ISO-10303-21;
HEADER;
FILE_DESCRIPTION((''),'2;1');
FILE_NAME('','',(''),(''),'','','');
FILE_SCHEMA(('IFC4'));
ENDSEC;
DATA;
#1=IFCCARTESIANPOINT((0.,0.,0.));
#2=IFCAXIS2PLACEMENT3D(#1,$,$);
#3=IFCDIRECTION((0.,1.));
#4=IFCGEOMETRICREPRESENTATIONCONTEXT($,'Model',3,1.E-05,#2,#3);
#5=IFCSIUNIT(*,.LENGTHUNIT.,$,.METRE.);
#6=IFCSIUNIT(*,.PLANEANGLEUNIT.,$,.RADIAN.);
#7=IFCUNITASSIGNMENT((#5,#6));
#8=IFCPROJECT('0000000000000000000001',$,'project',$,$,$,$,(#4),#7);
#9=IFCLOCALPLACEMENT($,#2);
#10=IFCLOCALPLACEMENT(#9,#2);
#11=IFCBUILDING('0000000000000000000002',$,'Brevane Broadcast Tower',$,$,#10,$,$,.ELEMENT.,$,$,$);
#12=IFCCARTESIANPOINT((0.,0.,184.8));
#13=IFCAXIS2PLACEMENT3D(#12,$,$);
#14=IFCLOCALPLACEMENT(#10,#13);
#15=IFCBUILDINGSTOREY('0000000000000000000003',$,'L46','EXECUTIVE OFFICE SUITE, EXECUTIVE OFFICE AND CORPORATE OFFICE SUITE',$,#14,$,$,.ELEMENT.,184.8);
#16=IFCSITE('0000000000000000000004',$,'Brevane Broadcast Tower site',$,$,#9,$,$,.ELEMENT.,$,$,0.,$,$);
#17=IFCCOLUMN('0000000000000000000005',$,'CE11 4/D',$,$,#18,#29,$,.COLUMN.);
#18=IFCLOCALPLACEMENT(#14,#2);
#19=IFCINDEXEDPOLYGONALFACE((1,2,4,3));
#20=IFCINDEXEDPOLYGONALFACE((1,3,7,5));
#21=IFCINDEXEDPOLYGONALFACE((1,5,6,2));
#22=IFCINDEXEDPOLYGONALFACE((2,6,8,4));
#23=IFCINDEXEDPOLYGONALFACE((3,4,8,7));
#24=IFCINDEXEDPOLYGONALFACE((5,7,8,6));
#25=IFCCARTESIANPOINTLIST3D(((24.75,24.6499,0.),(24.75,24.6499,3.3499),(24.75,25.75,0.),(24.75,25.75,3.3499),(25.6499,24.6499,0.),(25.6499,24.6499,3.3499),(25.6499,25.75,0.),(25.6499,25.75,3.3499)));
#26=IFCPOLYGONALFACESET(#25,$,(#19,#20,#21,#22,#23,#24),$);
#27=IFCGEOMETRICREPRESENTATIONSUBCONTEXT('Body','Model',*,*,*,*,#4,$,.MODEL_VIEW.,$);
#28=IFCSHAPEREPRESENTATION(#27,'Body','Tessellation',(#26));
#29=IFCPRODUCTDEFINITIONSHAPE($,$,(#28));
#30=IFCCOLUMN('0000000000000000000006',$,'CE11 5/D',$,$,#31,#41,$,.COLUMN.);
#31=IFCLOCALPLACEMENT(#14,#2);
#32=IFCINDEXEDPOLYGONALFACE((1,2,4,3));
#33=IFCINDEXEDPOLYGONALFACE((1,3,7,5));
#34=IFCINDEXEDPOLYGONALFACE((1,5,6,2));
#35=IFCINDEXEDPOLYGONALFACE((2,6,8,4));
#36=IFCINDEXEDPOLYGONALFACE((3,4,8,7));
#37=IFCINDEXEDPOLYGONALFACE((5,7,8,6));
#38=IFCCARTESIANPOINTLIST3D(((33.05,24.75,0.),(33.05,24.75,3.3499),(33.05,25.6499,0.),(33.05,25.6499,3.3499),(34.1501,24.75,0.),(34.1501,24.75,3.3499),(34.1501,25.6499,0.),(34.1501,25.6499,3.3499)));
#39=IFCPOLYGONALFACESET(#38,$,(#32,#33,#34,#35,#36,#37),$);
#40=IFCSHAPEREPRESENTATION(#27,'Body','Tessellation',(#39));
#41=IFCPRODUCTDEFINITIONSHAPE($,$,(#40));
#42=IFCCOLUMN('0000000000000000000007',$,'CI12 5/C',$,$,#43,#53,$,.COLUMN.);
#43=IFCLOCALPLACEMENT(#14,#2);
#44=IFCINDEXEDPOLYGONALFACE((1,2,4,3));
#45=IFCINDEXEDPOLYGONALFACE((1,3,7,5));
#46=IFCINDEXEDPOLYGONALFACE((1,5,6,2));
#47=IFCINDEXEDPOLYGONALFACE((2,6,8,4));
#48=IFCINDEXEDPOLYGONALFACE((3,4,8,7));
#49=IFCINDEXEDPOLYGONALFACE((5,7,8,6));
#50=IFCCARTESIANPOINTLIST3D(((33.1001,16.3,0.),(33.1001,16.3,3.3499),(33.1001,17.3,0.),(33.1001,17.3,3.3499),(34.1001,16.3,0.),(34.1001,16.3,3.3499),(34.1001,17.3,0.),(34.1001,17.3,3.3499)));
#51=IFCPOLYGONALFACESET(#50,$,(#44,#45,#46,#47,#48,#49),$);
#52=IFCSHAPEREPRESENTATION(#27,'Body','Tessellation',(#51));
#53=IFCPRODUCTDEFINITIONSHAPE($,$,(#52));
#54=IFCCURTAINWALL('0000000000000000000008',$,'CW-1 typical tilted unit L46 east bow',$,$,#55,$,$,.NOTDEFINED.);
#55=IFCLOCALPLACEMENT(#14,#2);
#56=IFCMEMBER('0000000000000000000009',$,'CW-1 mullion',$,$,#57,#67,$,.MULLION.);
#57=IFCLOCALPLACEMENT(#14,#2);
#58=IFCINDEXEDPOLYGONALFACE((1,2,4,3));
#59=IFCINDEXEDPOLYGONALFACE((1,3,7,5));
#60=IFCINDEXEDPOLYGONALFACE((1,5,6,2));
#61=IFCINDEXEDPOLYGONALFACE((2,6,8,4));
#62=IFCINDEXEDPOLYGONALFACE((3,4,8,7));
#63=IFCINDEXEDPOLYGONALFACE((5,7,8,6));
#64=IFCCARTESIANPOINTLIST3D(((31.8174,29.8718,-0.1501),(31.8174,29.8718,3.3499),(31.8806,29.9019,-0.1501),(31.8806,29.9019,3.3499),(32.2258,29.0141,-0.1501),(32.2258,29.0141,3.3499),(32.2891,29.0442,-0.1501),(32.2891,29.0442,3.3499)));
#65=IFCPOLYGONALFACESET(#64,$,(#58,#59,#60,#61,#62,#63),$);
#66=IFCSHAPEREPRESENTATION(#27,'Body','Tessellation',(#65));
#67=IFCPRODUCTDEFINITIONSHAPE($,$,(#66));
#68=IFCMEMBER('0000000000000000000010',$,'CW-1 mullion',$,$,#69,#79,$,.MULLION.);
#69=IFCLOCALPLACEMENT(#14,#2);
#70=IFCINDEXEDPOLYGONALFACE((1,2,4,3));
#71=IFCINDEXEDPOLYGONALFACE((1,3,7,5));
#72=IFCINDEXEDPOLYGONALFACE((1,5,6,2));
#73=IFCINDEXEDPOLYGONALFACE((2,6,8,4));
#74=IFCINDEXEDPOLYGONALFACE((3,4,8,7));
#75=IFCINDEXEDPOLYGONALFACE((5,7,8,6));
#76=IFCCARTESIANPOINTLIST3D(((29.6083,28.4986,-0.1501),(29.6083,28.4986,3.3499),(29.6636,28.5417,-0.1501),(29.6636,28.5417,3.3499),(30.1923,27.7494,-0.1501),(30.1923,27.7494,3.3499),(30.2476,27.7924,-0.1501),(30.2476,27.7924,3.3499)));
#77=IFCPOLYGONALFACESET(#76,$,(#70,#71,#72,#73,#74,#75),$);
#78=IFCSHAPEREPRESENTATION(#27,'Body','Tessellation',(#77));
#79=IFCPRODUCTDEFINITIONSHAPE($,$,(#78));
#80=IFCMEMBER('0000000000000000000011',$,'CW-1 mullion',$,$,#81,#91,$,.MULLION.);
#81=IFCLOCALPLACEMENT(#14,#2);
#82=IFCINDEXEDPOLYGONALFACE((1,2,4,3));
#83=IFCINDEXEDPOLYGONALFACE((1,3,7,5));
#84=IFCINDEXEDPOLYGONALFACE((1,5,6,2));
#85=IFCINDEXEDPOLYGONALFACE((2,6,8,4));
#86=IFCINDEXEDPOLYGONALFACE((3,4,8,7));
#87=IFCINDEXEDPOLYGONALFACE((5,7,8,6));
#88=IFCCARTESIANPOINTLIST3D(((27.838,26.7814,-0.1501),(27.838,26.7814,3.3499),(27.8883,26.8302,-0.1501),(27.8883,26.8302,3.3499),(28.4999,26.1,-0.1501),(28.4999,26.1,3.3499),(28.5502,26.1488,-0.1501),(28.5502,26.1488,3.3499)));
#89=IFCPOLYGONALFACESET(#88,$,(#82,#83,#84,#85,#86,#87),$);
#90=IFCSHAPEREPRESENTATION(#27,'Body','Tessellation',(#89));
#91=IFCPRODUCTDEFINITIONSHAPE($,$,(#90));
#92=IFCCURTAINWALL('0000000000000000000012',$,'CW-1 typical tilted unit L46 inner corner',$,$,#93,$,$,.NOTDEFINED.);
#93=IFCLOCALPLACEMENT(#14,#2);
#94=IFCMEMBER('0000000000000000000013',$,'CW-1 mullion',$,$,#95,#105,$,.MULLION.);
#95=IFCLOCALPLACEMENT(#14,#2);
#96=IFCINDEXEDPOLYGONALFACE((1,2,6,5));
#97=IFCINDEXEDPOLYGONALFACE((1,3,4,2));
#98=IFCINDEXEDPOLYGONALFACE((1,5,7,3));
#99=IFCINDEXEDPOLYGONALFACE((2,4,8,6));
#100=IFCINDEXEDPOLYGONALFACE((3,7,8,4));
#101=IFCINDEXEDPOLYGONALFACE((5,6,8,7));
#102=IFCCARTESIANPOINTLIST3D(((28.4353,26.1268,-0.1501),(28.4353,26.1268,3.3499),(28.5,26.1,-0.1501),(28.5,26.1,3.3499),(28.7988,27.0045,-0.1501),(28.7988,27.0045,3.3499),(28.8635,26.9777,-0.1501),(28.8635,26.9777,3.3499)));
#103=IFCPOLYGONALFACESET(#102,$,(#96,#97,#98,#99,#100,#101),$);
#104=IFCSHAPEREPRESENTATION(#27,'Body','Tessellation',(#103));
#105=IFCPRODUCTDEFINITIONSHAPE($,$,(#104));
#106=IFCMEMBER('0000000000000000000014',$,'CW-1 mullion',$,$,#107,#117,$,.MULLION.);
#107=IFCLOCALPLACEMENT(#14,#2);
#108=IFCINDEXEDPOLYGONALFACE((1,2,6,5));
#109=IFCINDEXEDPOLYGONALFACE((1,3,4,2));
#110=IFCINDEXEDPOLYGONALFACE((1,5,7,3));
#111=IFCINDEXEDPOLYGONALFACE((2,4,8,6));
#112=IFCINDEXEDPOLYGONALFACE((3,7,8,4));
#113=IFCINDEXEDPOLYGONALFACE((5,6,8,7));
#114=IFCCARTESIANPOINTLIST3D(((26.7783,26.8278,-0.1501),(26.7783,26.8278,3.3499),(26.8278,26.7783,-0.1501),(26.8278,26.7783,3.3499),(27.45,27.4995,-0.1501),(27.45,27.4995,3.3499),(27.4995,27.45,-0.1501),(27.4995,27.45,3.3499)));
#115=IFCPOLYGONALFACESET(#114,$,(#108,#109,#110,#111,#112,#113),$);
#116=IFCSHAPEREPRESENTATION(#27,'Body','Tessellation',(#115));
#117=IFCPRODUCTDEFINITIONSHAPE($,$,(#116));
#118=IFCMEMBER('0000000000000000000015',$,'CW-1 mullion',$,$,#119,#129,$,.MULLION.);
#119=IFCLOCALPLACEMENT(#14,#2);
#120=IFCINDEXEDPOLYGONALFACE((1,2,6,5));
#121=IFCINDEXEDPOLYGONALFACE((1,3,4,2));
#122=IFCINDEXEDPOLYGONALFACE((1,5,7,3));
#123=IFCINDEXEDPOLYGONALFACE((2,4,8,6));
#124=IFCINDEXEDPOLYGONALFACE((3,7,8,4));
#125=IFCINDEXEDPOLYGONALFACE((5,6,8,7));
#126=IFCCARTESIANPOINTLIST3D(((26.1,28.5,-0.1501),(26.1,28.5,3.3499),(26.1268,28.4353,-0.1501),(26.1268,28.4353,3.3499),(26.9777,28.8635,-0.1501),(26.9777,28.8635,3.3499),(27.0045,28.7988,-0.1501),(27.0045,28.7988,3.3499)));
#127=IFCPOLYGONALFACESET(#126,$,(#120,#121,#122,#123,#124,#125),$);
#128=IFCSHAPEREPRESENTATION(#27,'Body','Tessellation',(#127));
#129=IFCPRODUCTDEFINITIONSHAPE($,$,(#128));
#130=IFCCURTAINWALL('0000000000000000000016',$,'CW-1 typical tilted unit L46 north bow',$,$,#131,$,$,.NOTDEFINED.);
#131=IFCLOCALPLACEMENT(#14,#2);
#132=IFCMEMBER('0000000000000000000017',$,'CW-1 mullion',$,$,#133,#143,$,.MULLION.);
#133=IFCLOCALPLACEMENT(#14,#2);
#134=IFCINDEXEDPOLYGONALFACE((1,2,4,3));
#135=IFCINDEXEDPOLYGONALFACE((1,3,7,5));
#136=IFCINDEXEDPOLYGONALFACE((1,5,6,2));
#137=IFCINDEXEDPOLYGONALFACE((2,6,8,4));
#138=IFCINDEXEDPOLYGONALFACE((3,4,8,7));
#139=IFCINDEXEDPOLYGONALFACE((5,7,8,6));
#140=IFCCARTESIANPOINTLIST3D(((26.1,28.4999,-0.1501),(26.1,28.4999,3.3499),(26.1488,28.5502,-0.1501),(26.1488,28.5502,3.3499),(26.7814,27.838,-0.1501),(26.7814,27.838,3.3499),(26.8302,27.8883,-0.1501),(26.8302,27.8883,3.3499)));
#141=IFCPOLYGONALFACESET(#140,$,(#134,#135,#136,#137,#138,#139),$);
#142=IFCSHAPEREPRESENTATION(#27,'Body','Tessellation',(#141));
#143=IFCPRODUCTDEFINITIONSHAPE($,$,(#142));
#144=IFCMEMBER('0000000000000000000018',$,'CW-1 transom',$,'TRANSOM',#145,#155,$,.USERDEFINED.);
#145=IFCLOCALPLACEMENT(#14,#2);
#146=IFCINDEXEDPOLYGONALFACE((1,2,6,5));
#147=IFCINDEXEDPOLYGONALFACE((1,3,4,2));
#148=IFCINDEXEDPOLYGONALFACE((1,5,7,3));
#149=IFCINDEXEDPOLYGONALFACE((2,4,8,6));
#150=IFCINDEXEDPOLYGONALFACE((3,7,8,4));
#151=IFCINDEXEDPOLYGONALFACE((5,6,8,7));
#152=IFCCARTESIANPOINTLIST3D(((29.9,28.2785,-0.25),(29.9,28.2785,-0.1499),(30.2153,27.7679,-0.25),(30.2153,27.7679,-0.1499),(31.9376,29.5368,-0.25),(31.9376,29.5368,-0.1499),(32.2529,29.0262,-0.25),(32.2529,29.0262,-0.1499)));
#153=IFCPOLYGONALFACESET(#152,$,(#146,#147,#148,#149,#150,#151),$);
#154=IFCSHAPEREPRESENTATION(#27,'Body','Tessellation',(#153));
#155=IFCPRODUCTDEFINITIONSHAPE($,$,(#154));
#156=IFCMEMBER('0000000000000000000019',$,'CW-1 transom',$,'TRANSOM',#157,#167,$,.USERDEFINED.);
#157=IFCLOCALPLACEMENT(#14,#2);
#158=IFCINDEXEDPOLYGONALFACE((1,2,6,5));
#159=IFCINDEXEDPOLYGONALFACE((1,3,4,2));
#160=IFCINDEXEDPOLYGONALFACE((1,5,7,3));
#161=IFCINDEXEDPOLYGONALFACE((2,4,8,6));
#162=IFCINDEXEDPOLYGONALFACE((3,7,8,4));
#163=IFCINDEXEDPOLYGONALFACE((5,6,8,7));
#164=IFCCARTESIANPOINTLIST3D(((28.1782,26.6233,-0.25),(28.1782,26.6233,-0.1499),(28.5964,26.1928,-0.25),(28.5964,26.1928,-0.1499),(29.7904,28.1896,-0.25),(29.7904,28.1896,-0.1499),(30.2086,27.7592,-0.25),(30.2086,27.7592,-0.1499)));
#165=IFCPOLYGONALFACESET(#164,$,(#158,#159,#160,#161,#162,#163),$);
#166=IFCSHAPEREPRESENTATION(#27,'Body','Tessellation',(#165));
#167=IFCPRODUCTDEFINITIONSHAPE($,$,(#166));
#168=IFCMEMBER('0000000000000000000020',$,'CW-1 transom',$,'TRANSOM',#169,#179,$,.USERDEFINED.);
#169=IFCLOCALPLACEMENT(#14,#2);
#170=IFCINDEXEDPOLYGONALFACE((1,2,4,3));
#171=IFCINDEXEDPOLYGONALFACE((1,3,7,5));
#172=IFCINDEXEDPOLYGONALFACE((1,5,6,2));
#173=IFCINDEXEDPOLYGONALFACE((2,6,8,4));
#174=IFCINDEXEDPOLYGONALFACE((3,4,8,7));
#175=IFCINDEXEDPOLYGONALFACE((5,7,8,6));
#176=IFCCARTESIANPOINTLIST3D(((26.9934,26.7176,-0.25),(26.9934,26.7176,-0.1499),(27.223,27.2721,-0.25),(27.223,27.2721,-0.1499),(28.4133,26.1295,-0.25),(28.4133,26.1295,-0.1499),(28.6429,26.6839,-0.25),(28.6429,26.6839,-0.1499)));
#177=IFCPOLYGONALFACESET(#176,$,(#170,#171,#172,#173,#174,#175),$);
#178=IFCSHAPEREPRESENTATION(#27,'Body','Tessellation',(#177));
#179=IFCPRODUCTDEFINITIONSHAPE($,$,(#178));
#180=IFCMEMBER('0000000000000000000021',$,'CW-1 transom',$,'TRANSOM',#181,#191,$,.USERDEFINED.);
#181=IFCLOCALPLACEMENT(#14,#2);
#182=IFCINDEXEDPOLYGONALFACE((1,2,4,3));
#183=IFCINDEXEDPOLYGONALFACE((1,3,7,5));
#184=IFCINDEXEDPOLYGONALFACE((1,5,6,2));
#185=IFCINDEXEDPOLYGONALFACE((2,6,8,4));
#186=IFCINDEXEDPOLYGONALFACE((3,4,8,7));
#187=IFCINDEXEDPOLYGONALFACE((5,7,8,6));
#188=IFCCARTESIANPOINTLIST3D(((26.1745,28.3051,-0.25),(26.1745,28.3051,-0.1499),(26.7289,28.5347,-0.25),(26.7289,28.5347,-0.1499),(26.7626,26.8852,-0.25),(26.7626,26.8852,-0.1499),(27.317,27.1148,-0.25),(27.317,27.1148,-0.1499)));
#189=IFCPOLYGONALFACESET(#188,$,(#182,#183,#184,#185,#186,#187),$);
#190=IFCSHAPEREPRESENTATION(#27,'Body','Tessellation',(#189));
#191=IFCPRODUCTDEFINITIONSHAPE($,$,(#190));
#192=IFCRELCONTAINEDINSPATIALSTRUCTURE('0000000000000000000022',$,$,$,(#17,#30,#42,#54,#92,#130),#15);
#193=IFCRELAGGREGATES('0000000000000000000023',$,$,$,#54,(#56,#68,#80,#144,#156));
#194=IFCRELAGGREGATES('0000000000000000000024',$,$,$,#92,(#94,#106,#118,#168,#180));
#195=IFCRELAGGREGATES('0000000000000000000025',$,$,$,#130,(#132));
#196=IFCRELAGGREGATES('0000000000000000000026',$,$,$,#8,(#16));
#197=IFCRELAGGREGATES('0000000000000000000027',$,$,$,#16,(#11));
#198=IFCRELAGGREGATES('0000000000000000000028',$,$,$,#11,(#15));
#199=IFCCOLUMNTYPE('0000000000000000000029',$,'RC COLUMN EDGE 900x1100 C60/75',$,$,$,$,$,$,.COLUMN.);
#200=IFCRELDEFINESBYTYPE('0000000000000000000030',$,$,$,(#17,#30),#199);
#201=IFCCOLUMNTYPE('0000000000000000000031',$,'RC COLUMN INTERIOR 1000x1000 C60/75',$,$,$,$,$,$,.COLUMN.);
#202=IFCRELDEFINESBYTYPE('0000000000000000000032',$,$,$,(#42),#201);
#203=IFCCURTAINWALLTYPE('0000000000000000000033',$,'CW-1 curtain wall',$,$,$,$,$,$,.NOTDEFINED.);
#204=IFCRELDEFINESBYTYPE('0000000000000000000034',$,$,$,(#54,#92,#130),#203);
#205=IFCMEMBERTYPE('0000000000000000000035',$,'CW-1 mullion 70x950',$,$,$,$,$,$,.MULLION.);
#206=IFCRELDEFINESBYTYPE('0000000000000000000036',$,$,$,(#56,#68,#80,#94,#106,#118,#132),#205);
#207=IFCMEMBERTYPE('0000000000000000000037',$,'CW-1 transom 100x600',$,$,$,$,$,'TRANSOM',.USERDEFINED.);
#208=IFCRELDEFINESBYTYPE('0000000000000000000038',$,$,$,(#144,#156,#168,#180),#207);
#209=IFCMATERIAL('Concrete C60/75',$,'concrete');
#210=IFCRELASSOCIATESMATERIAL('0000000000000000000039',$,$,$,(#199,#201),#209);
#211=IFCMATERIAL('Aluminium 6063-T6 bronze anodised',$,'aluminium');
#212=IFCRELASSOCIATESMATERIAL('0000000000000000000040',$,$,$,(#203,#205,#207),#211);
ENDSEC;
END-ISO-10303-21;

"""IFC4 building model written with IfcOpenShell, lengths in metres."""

from ifc_helpers import new_model, si_unit, direction, frame, origin, origin_2d, place, context, subcontext, project, spatial, rectangle, extrude, material, material_profile, profile_set, type_object, element, aggregate, save


model = new_model("IFC4")

# Units and contexts
model_context = context("Model", 3, precision=1e-05, world=origin(), true_north=direction((0.0, 1.0)))
body_context = subcontext(model_context, "Body", "Model", "MODEL_VIEW")
ifc_project = project(units=[si_unit("LENGTHUNIT", "METRE"), si_unit("PLANEANGLEUNIT", "RADIAN")], contexts=[model_context])

# Site, building, storey
site_placement = place(None, origin())
site = spatial("IfcSite", under=ifc_project, at=site_placement, Name="Brevane Broadcast Tower site", CompositionType="ELEMENT", RefElevation=0.0)
building_placement = place(site_placement, origin())
building = spatial("IfcBuilding", under=site, at=building_placement, Name="Brevane Broadcast Tower", CompositionType="ELEMENT")
storey_placement = place(building_placement, frame((0.0, 0.0, 184.8)))
storey = spatial("IfcBuildingStorey", under=building, at=storey_placement, Name="L46", Description="EXECUTIVE OFFICE SUITE, EXECUTIVE OFFICE AND CORPORATE OFFICE SUITE", CompositionType="ELEMENT", Elevation=184.8)

# Columns
ifc_material_1 = material(Name="Concrete C60/75", Category="concrete")
ifc_material_profile_1 = material_profile(ifc_material_1, rectangle(XDim=0.8999, YDim=1.1001, at=origin_2d()), Name="RC 900x1100")
ifc_profile_set_1 = profile_set([ifc_material_profile_1], Name="Concrete C60/75")
column_type_1 = type_object("IfcColumnType", Name="RC COLUMN EDGE 900x1100 C60/75", PredefinedType="COLUMN", material=ifc_profile_set_1)
for number, where, z_axis, x_axis, name in (
    (1, (25.2, 25.2, 0.0), (0.0, 0.0, 1.0), (1.0, 0.0, 0.0), "CE11 4/D"),
    (2, (33.6001, 25.2, 0.0), (0.0, 0.0, 1.0), (0.0, 1.0, 0.0), "CE11 5/D"),
):
    element("IfcColumn", number, at=place(storey_placement, frame(where, z_axis=z_axis, x_axis=x_axis)), inside=storey, type_object=column_type_1, Name=name, PredefinedType="COLUMN", context=body_context, shape_type="SweptSolid", body=[
        extrude(rectangle(XDim=0.8999, YDim=1.1001, at=origin_2d()), origin(), (0.0, 0.0, 1.0), 3.3499),
    ])
ifc_material_profile_2 = material_profile(ifc_material_1, rectangle(XDim=1.0, YDim=1.0, at=origin_2d()), Name="RC 1000x1000")
ifc_profile_set_2 = profile_set([ifc_material_profile_2], Name="Concrete C60/75")
column_type_2 = type_object("IfcColumnType", Name="RC COLUMN INTERIOR 1000x1000 C60/75", PredefinedType="COLUMN", material=ifc_profile_set_2)
column_placement = place(storey_placement, frame((33.6001, 16.8, 0.0), z_axis=(0.0, 0.0, 1.0), x_axis=(1.0, 0.0, 0.0)))
element("IfcColumn", 3, at=column_placement, inside=storey, type_object=column_type_2, Name="CI12 5/C", PredefinedType="COLUMN", context=body_context, shape_type="SweptSolid", body=[
    extrude(rectangle(XDim=1.0, YDim=1.0, at=origin_2d()), origin(), (0.0, 0.0, 1.0), 3.3499),
])

# Curtain walls, members
ifc_material_2 = material(Name="Aluminium 6063-T6 bronze anodised", Category="aluminium")
curtain_wall_type = type_object("IfcCurtainWallType", Name="CW-1 curtain wall", PredefinedType="NOTDEFINED", material=ifc_material_2)
curtain_wall_1_placement = place(storey_placement, origin())
curtain_wall_1 = element("IfcCurtainWall", 4, at=curtain_wall_1_placement, inside=storey, type_object=curtain_wall_type, Name="CW-1 typical tilted unit L46 east bow", PredefinedType="NOTDEFINED")
ifc_material_profile_3 = material_profile(ifc_material_2, rectangle(XDim=0.95, YDim=0.0701, at=origin_2d()), Name="RECT 70x950")
ifc_profile_set_3 = profile_set([ifc_material_profile_3], Name="Aluminium 6063-T6 bronze anodised")
member_type_1 = type_object("IfcMemberType", Name="CW-1 mullion 70x950", PredefinedType="MULLION", material=ifc_profile_set_3)
member_1_placement = place(storey_placement, frame((32.0532, 29.458, -0.1501), z_axis=(0.0, 0.0, 1.0), x_axis=(0.429934, -0.902861, 0.0)))
member_1 = element("IfcMember", 5, at=member_1_placement, type_object=member_type_1, Name="CW-1 mullion", PredefinedType="MULLION", context=body_context, shape_type="SweptSolid", body=[
    extrude(rectangle(XDim=0.95, YDim=0.0701, at=origin_2d()), origin(), (0.0, 0.0, 1.0), 3.5),
])
member_2_placement = place(storey_placement, frame((29.928, 28.1455, -0.1501), z_axis=(0.0, 0.0, 1.0), x_axis=(0.61477, -0.788707, 0.0)))
member_2 = element("IfcMember", 6, at=member_2_placement, type_object=member_type_1, Name="CW-1 mullion", PredefinedType="MULLION", context=body_context, shape_type="SweptSolid", body=[
    extrude(rectangle(XDim=0.95, YDim=0.0701, at=origin_2d()), origin(), (0.0, 0.0, 1.0), 3.5),
])
member_3_placement = place(storey_placement, frame((28.1941, 26.4651, -0.1501), z_axis=(0.0, 0.0, 1.0), x_axis=(0.696812, -0.717254, 0.0)))
member_3 = element("IfcMember", 7, at=member_3_placement, type_object=member_type_1, Name="CW-1 mullion", PredefinedType="MULLION", context=body_context, shape_type="SweptSolid", body=[
    extrude(rectangle(XDim=0.95, YDim=0.0701, at=origin_2d()), origin(), (0.0, 0.0, 1.0), 3.5),
])
curtain_wall_2_placement = place(storey_placement, origin())
curtain_wall_2 = element("IfcCurtainWall", 8, at=curtain_wall_2_placement, inside=storey, type_object=curtain_wall_type, Name="CW-1 typical tilted unit L46 inner corner", PredefinedType="NOTDEFINED")
member_4_placement = place(storey_placement, frame((28.6494, 26.5522, -0.1501), z_axis=(0.0, 0.0, 1.0), x_axis=(-0.382683, -0.92388, 0.0)))
member_4 = element("IfcMember", 9, at=member_4_placement, type_object=member_type_1, Name="CW-1 mullion", PredefinedType="MULLION", context=body_context, shape_type="SweptSolid", body=[
    extrude(rectangle(XDim=0.95, YDim=0.0701, at=origin_2d()), origin(), (0.0, 0.0, 1.0), 3.5),
])
member_5_placement = place(storey_placement, frame((27.1389, 27.1389, -0.1501), z_axis=(0.0, 0.0, 1.0), x_axis=(-0.707107, -0.707107, 0.0)))
member_5 = element("IfcMember", 10, at=member_5_placement, type_object=member_type_1, Name="CW-1 mullion", PredefinedType="MULLION", context=body_context, shape_type="SweptSolid", body=[
    extrude(rectangle(XDim=0.95, YDim=0.0701, at=origin_2d()), origin(), (0.0, 0.0, 1.0), 3.5),
])
member_6_placement = place(storey_placement, frame((26.5522, 28.6494, -0.1501), z_axis=(0.0, 0.0, 1.0), x_axis=(-0.92388, -0.382683, 0.0)))
member_6 = element("IfcMember", 11, at=member_6_placement, type_object=member_type_1, Name="CW-1 mullion", PredefinedType="MULLION", context=body_context, shape_type="SweptSolid", body=[
    extrude(rectangle(XDim=0.95, YDim=0.0701, at=origin_2d()), origin(), (0.0, 0.0, 1.0), 3.5),
])

# Curtain wall, member
curtain_wall_3_placement = place(storey_placement, origin())
curtain_wall_3 = element("IfcCurtainWall", 12, at=curtain_wall_3_placement, inside=storey, type_object=curtain_wall_type, Name="CW-1 typical tilted unit L46 north bow", PredefinedType="NOTDEFINED")
member_7_placement = place(storey_placement, frame((26.4651, 28.1941, -0.1501), z_axis=(0.0, 0.0, 1.0), x_axis=(-0.717254, 0.696812, 0.0)))
member_7 = element("IfcMember", 13, at=member_7_placement, type_object=member_type_1, Name="CW-1 mullion", PredefinedType="MULLION", context=body_context, shape_type="SweptSolid", body=[
    extrude(rectangle(XDim=0.95, YDim=0.0701, at=origin_2d()), origin(), (0.0, 0.0, 1.0), 3.5),
])

# Members
ifc_material_profile_4 = material_profile(ifc_material_2, rectangle(XDim=0.6001, YDim=0.1001, at=origin_2d()), Name="RECT 100x600")
ifc_profile_set_4 = profile_set([ifc_material_profile_4], Name="Aluminium 6063-T6 bronze anodised")
member_type_2 = type_object("IfcMemberType", Name="CW-1 transom 100x600", ElementType="TRANSOM", PredefinedType="USERDEFINED", material=ifc_profile_set_4)
member_8_placement = place(storey_placement, frame((32.0952, 29.2815, -0.2), z_axis=(-0.850838, -0.525428, 0.0), x_axis=(0.525428, -0.850838, 0.0)))
member_8 = element("IfcMember", 14, at=member_8_placement, type_object=member_type_2, Name="CW-1 transom", ObjectType="TRANSOM", PredefinedType="USERDEFINED", context=body_context, shape_type="SweptSolid", body=[
    extrude(rectangle(XDim=0.6001, YDim=0.1001, at=origin_2d()), origin(), (0.0, 0.0, 1.0), 2.3948),
])
member_9_placement = place(storey_placement, frame((29.9995, 27.9744, -0.2), z_axis=(-0.717242, -0.696824, 0.0), x_axis=(0.696824, -0.717242, 0.0)))
member_9 = element("IfcMember", 15, at=member_9_placement, type_object=member_type_2, Name="CW-1 transom", ObjectType="TRANSOM", PredefinedType="USERDEFINED", context=body_context, shape_type="SweptSolid", body=[
    extrude(rectangle(XDim=0.6001, YDim=0.1001, at=origin_2d()), origin(), (0.0, 0.0, 1.0), 2.2478),
])
aggregate(curtain_wall_1, [member_1, member_2, member_3, member_8, member_9])
member_10_placement = place(storey_placement, frame((28.5281, 26.4067, -0.2), z_axis=(-0.923883, 0.382674, 0.0), x_axis=(-0.382674, -0.923883, 0.0)))
member_10 = element("IfcMember", 16, at=member_10_placement, type_object=member_type_2, Name="CW-1 transom", ObjectType="TRANSOM", PredefinedType="USERDEFINED", context=body_context, shape_type="SweptSolid", body=[
    extrude(rectangle(XDim=0.6001, YDim=0.1001, at=origin_2d()), origin(), (0.0, 0.0, 1.0), 1.5369),
])
member_11_placement = place(storey_placement, frame((27.0398, 27.0, -0.2), z_axis=(-0.382674, 0.923883, 0.0), x_axis=(-0.923883, -0.382674, 0.0)))
member_11 = element("IfcMember", 17, at=member_11_placement, type_object=member_type_2, Name="CW-1 transom", ObjectType="TRANSOM", PredefinedType="USERDEFINED", context=body_context, shape_type="SweptSolid", body=[
    extrude(rectangle(XDim=0.6001, YDim=0.1001, at=origin_2d()), origin(), (0.0, 0.0, 1.0), 1.5369),
])
aggregate(curtain_wall_2, [member_4, member_5, member_6, member_10, member_11])
aggregate(curtain_wall_3, [member_7])

save(model, "model.ifc")
